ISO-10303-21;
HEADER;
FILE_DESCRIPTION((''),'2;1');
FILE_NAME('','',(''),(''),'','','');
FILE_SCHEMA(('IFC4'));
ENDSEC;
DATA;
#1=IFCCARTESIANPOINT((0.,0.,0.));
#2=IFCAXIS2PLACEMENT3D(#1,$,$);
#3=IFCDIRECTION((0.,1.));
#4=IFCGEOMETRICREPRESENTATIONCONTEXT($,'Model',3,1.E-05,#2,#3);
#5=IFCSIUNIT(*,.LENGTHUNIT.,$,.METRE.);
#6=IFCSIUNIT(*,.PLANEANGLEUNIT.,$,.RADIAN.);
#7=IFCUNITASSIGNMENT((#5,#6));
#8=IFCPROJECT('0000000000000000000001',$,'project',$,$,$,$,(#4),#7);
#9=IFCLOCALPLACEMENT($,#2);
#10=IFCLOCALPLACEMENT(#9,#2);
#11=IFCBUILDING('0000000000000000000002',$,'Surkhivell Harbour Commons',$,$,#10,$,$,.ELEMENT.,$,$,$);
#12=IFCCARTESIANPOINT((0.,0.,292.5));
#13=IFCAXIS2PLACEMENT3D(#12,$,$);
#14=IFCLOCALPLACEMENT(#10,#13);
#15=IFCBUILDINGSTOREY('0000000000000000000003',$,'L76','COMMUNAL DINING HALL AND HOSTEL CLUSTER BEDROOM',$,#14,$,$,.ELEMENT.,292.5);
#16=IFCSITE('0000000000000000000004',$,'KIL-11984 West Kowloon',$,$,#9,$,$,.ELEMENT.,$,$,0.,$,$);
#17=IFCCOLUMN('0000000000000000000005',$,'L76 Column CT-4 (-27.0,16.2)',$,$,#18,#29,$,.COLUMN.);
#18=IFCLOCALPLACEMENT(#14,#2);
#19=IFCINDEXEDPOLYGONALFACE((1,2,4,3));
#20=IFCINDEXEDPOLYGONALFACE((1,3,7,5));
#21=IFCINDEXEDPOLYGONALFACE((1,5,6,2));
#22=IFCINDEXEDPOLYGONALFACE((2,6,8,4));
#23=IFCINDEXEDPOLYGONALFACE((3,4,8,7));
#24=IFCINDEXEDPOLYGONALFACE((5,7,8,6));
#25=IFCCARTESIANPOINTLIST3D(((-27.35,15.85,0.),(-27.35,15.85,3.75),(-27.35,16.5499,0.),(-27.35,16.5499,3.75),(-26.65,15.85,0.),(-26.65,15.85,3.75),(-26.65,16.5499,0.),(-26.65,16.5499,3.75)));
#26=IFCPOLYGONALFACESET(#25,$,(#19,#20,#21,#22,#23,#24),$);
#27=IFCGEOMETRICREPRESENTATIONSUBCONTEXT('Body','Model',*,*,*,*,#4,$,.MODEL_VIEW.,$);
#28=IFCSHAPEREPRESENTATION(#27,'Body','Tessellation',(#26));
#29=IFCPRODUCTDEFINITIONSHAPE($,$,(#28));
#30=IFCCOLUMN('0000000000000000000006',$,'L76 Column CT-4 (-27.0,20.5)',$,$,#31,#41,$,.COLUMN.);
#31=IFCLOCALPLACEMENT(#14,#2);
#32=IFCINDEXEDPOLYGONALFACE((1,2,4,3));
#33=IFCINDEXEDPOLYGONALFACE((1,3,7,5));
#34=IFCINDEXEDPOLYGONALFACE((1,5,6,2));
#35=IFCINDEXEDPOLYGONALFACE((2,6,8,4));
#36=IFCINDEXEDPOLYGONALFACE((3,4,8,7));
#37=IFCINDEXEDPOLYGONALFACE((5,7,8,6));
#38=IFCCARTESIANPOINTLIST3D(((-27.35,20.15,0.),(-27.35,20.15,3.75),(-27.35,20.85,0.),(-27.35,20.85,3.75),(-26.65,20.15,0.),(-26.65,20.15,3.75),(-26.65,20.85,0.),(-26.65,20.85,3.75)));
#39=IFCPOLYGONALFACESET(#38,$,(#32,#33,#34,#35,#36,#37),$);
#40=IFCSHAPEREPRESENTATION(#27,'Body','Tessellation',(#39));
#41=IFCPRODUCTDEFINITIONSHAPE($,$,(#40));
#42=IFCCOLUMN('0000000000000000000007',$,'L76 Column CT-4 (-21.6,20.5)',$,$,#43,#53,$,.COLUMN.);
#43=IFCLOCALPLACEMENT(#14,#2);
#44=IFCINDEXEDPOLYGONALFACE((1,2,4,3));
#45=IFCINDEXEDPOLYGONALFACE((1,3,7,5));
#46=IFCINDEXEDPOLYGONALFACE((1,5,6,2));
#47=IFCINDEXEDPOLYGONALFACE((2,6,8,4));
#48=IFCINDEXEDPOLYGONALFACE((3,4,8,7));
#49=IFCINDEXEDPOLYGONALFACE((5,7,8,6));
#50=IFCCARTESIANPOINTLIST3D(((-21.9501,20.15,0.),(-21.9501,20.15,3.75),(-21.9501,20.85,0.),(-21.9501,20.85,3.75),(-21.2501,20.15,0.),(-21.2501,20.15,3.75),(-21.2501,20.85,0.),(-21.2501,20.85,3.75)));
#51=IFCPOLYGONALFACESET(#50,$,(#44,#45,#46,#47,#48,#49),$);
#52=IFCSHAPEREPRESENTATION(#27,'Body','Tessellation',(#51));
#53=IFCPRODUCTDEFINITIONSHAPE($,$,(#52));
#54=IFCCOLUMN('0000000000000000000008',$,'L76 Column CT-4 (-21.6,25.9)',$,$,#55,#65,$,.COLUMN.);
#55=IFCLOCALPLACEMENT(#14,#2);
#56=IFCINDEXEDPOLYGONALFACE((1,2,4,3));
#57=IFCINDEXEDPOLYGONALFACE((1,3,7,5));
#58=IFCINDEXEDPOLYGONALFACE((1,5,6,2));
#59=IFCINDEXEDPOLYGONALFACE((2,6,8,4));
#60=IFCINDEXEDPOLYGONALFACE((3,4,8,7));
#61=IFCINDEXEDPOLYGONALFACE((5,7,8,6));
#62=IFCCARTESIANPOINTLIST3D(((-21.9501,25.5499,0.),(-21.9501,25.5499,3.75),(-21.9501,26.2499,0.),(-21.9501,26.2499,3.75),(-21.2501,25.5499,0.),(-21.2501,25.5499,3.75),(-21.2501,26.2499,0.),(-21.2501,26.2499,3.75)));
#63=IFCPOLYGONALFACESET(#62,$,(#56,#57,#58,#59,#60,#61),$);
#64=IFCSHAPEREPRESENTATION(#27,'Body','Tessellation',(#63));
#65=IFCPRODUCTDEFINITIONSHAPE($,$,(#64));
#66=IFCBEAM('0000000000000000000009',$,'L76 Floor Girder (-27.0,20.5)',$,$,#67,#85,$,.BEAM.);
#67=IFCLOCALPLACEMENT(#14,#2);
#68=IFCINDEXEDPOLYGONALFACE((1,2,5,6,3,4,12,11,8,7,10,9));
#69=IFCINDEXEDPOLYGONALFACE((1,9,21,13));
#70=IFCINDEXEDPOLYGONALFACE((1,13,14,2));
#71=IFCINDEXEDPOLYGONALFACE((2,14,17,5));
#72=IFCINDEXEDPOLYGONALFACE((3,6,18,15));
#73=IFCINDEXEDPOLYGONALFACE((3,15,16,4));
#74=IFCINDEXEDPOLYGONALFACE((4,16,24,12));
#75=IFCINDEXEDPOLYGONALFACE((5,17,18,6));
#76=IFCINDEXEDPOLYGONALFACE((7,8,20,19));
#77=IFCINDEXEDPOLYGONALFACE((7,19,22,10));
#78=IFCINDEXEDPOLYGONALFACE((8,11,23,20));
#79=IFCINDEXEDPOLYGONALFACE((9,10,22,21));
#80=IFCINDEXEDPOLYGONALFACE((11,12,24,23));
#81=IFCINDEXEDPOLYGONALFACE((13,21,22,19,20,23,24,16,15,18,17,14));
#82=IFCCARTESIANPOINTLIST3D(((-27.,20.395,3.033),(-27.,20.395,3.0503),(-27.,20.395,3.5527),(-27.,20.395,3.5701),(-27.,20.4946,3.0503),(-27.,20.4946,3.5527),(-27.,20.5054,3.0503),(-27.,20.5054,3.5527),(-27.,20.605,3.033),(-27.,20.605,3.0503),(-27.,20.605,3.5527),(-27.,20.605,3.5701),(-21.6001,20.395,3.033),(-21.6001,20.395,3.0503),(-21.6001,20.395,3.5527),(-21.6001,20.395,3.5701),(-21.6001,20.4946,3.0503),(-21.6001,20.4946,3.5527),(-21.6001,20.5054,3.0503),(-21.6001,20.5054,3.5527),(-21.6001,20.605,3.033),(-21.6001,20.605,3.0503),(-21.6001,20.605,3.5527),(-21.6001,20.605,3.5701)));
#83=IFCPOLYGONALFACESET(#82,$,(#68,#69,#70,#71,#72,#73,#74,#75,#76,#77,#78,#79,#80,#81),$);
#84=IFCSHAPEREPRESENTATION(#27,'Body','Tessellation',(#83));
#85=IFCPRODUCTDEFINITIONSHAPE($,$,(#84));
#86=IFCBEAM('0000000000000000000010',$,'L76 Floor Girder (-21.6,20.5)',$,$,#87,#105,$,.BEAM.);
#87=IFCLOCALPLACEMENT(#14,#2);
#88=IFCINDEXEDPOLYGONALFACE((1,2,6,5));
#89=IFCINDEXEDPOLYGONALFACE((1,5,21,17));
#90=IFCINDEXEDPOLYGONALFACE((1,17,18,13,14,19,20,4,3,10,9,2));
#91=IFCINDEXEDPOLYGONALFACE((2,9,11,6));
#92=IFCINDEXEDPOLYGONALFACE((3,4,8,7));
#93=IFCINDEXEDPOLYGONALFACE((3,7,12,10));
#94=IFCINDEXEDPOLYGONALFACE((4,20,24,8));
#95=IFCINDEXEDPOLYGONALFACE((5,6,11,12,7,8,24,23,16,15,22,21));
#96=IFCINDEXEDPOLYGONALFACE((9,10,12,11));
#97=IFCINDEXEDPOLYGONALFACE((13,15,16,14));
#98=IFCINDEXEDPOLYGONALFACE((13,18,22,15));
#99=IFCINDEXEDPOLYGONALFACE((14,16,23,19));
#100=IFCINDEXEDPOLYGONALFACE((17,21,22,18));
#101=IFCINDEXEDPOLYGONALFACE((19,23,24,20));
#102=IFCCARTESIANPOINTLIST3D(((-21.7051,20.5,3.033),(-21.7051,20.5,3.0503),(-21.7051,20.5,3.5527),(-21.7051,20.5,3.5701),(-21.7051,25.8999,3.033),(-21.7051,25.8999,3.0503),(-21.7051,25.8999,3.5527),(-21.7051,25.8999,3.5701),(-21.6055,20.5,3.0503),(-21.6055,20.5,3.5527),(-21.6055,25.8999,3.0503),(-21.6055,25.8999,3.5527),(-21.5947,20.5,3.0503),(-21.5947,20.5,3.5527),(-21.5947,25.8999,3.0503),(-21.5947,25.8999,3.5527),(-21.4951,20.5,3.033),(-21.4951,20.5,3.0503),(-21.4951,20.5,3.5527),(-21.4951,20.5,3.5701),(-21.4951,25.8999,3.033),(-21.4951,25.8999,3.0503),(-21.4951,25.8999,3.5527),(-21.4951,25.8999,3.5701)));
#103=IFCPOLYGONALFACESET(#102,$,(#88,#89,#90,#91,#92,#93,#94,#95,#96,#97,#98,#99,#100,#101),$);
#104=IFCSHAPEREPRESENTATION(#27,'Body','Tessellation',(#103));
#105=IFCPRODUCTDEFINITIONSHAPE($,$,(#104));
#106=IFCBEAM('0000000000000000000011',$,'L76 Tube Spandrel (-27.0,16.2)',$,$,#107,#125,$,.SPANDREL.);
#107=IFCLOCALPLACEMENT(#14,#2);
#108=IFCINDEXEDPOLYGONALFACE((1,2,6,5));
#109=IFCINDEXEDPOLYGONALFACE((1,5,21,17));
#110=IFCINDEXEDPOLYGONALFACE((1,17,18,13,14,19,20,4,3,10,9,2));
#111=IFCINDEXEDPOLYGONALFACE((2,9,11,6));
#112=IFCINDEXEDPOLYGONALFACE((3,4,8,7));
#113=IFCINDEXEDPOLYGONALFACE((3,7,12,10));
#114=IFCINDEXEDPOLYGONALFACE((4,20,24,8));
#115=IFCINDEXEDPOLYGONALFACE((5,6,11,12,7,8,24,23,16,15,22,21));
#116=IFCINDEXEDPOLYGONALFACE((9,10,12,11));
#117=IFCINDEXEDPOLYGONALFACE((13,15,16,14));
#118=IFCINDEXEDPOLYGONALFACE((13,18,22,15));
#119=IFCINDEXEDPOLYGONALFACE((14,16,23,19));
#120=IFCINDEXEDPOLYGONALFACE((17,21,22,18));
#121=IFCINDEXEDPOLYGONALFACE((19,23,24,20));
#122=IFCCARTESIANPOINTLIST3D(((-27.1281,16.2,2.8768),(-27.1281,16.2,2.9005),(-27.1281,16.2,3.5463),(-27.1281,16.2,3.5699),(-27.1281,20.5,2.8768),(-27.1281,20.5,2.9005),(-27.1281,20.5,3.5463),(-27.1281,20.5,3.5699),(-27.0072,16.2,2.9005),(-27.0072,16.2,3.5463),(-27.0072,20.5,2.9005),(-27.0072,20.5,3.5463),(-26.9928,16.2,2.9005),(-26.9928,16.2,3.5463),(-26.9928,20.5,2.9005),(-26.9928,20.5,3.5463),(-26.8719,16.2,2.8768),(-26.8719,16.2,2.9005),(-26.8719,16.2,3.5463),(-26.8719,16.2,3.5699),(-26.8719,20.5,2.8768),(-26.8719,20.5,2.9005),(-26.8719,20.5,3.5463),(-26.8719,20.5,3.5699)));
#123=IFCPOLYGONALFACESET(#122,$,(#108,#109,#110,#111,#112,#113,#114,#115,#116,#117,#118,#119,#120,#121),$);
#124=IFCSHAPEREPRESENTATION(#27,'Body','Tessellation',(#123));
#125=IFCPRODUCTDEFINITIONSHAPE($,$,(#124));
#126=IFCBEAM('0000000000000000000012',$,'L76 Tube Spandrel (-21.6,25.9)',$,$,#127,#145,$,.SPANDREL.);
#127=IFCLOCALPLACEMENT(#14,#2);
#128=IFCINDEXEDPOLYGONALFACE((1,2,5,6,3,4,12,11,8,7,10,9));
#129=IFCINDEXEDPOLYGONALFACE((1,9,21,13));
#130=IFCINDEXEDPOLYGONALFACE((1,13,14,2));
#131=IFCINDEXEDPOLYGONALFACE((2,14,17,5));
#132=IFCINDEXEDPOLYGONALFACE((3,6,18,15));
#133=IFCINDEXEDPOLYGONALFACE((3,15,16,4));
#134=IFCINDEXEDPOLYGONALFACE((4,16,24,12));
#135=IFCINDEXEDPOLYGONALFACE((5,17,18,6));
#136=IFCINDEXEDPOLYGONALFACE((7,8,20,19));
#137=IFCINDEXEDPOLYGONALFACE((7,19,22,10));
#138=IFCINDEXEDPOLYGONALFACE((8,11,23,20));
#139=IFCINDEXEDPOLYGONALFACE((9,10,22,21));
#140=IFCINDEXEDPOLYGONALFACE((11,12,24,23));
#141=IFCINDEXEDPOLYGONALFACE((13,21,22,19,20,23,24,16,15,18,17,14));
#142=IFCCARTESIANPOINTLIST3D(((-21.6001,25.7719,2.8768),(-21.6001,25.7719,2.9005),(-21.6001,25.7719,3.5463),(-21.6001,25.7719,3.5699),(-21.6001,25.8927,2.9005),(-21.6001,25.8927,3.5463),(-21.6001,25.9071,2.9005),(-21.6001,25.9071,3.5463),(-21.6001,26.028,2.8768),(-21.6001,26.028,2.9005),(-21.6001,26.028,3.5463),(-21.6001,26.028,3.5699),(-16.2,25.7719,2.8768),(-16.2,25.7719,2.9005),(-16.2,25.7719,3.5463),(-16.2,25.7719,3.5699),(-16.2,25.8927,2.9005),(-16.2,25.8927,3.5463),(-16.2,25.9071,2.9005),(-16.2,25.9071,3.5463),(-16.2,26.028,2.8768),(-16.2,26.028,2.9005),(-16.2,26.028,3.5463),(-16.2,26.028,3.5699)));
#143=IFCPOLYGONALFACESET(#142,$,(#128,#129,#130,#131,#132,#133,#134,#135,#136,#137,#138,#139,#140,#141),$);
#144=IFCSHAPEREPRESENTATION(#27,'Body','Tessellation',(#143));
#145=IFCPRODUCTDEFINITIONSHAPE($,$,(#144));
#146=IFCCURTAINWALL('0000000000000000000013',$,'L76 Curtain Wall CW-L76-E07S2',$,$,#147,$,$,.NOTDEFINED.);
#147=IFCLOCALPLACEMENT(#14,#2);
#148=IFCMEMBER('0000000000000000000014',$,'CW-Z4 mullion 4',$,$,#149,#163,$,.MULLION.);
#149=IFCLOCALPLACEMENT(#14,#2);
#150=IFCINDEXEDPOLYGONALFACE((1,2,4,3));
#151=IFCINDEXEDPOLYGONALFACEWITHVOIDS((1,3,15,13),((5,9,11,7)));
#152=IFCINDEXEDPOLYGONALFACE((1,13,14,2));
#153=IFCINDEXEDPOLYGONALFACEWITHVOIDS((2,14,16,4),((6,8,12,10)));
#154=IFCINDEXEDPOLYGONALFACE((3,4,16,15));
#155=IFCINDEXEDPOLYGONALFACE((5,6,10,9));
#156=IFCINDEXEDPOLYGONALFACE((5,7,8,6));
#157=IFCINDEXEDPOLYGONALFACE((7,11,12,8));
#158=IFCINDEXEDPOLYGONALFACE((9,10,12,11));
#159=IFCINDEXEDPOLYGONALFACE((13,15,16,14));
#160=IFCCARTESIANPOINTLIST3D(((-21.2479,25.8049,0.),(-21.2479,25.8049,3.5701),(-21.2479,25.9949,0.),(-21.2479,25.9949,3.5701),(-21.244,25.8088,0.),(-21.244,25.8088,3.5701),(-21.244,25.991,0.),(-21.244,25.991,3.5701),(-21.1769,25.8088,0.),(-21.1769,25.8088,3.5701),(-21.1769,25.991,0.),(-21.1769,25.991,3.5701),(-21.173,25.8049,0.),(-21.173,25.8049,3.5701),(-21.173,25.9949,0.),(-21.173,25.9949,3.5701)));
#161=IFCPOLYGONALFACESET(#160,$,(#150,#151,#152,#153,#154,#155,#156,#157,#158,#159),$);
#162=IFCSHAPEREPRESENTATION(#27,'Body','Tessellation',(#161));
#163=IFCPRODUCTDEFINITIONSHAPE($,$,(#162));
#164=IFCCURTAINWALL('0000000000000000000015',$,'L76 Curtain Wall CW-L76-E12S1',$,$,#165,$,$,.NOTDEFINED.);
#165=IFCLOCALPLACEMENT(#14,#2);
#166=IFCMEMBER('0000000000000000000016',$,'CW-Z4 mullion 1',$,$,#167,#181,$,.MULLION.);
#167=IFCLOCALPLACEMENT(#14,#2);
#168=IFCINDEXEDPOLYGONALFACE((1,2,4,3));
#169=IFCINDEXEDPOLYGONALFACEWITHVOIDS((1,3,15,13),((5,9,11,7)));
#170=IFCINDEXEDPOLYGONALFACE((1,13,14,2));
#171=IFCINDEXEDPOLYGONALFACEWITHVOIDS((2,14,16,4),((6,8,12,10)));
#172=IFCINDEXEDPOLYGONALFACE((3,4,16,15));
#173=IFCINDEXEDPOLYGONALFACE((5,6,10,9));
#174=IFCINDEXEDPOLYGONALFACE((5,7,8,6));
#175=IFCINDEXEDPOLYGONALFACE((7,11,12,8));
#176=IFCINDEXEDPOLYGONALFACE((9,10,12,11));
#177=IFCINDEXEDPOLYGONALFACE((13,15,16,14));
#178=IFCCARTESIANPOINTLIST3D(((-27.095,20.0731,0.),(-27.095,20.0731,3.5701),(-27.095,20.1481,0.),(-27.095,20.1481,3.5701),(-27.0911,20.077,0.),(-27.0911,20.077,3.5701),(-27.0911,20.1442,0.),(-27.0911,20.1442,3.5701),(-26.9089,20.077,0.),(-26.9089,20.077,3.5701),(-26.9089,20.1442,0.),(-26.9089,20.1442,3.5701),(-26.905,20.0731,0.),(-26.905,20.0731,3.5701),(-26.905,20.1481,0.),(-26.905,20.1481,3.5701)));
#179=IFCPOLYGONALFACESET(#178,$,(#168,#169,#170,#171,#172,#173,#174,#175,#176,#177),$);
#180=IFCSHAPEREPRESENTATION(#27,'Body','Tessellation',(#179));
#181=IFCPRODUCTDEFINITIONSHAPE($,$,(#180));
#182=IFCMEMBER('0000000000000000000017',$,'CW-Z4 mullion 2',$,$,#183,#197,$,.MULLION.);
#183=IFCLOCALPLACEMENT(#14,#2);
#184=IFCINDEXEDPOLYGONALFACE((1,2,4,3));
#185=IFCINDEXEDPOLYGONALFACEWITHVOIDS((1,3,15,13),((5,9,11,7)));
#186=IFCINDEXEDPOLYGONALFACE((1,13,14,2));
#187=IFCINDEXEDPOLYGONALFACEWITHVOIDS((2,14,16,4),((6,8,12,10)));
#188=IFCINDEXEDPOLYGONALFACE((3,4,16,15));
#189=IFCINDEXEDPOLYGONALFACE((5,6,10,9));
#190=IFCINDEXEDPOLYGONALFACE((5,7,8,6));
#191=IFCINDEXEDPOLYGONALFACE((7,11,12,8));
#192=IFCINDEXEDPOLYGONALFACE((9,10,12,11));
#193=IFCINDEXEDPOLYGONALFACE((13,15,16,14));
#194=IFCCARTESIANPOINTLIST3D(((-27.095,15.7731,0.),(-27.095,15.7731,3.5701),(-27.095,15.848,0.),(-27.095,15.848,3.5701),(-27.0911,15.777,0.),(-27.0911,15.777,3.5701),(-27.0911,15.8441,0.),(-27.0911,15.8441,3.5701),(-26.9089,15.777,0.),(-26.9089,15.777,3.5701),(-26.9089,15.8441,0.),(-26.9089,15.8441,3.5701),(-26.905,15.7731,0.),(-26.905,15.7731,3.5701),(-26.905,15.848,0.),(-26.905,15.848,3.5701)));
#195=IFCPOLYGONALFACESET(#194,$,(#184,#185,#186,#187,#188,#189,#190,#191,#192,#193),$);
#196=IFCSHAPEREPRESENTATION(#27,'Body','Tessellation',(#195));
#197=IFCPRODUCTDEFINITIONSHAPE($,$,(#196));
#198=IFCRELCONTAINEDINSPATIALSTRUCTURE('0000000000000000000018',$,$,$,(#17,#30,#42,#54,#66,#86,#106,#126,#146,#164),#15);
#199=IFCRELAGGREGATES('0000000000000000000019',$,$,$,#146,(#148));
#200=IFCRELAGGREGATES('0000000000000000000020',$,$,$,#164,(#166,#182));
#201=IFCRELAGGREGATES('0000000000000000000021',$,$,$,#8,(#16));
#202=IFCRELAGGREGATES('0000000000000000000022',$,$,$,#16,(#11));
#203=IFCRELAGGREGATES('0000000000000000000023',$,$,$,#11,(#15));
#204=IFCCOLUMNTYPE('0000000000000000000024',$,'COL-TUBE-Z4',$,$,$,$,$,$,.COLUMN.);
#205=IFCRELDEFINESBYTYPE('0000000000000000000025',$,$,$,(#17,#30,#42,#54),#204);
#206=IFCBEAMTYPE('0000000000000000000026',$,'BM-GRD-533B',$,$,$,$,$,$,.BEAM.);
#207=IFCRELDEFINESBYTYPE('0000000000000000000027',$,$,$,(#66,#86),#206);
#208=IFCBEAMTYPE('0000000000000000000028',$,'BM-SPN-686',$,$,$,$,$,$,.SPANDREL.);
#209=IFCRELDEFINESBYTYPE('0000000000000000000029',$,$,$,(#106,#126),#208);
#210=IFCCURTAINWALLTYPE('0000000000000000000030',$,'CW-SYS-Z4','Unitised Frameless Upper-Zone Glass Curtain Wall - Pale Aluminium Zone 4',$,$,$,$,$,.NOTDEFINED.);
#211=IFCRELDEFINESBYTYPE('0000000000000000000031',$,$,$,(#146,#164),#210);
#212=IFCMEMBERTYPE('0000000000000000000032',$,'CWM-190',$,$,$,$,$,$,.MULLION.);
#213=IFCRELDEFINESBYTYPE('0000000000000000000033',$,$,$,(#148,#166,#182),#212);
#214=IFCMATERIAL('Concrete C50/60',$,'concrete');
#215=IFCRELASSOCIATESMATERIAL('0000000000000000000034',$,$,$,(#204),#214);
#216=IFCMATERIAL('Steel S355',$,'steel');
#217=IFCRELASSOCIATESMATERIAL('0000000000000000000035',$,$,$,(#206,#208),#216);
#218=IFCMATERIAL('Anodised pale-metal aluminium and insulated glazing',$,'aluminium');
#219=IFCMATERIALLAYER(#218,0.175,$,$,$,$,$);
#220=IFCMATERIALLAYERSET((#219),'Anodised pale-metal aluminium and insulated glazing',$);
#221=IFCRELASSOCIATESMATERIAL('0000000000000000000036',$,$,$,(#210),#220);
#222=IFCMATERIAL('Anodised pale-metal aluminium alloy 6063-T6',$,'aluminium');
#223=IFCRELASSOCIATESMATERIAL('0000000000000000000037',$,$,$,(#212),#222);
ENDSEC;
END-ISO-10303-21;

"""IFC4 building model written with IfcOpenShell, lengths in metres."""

from ifc_helpers import new_model, si_unit, direction, frame, origin, origin_2d, place, context, subcontext, project, spatial, rectangle, hollow_rectangle, i_section, extrude, material, layer, layer_set, material_profile, profile_set, type_object, element, aggregate, save


model = new_model("IFC4")

# Units and contexts
model_context = context("Model", 3, precision=1e-05, world=origin(), true_north=direction((0.0, 1.0)))
body_context = subcontext(model_context, "Body", "Model", "MODEL_VIEW")
ifc_project = project(units=[si_unit("LENGTHUNIT", "METRE"), si_unit("PLANEANGLEUNIT", "RADIAN")], contexts=[model_context])

# Site, building, storey
site_placement = place(None, origin())
site = spatial("IfcSite", under=ifc_project, at=site_placement, Name="KIL-11984 West Kowloon", CompositionType="ELEMENT", RefElevation=0.0)
building_placement = place(site_placement, origin())
building = spatial("IfcBuilding", under=site, at=building_placement, Name="Surkhivell Harbour Commons", CompositionType="ELEMENT")
storey_placement = place(building_placement, frame((0.0, 0.0, 292.5)))
storey = spatial("IfcBuildingStorey", under=building, at=storey_placement, Name="L76", Description="COMMUNAL DINING HALL AND HOSTEL CLUSTER BEDROOM", CompositionType="ELEMENT", Elevation=292.5)

# Columns
ifc_material_1 = material(Name="Concrete C50/60", Category="concrete")
ifc_material_profile_1 = material_profile(ifc_material_1, rectangle(XDim=0.7, YDim=0.7, at=origin_2d()), Name="RC-COL-700x700")
ifc_profile_set_1 = profile_set([ifc_material_profile_1], Name="Concrete C50/60")
column_type = type_object("IfcColumnType", Name="COL-TUBE-Z4", PredefinedType="COLUMN", material=ifc_profile_set_1)
for number, where, z_axis, x_axis, name in (
    (1, (-27.0, 16.2, 0.0), (0.0, 0.0, 1.0), (1.0, 0.0, 0.0), "L76 Column CT-4 (-27.0,16.2)"),
    (2, (-27.0, 20.5, 0.0), (0.0, 0.0, 1.0), (1.0, 0.0, 0.0), "L76 Column CT-4 (-27.0,20.5)"),
    (3, (-21.6001, 20.5, 0.0), (0.0, 0.0, 1.0), (1.0, 0.0, 0.0), "L76 Column CT-4 (-21.6,20.5)"),
    (4, (-21.6001, 25.8999, 0.0), (0.0, 0.0, 1.0), (1.0, 0.0, 0.0), "L76 Column CT-4 (-21.6,25.9)"),
):
    element("IfcColumn", number, at=place(storey_placement, frame(where, z_axis=z_axis, x_axis=x_axis)), inside=storey, type_object=column_type, Name=name, PredefinedType="COLUMN", context=body_context, shape_type="SweptSolid", body=[
        extrude(rectangle(XDim=0.7, YDim=0.7, at=origin_2d()), origin(), (0.0, 0.0, 1.0), 3.75),
    ])

# Beams
ifc_material_2 = material(Name="Steel S355", Category="steel")
ifc_material_profile_2 = material_profile(ifc_material_2, i_section(OverallWidth=0.21, OverallDepth=0.5371, WebThickness=0.0107, FlangeThickness=0.0173, at=origin_2d()), Name="UB533x210x101")
ifc_profile_set_2 = profile_set([ifc_material_profile_2], Name="Steel S355")
beam_type_1 = type_object("IfcBeamType", Name="BM-GRD-533B", PredefinedType="BEAM", material=ifc_profile_set_2)
for number, where, z_axis, x_axis, name in (
    (5, (-27.0, 20.5, 3.3015), (1.0, 0.0, 0.0), (0.0, 1.0, 0.0), "L76 Floor Girder (-27.0,20.5)"),
    (6, (-21.6001, 20.5, 3.3015), (0.0, 1.0, 0.0), (-1.0, 0.0, 0.0), "L76 Floor Girder (-21.6,20.5)"),
):
    element("IfcBeam", number, at=place(storey_placement, frame(where, z_axis=z_axis, x_axis=x_axis)), inside=storey, type_object=beam_type_1, Name=name, PredefinedType="BEAM", context=body_context, shape_type="SweptSolid", body=[
        extrude(i_section(OverallWidth=0.21, OverallDepth=0.5371, WebThickness=0.0107, FlangeThickness=0.0173, at=origin_2d()), origin(), (0.0, 0.0, 1.0), 5.3999),
    ])
ifc_material_profile_3 = material_profile(ifc_material_2, i_section(OverallWidth=0.2561, OverallDepth=0.6931, WebThickness=0.0144, FlangeThickness=0.0237, at=origin_2d()), Name="UB686x254x170")
ifc_profile_set_3 = profile_set([ifc_material_profile_3], Name="Steel S355")
beam_type_2 = type_object("IfcBeamType", Name="BM-SPN-686", PredefinedType="SPANDREL", material=ifc_profile_set_3)
beam_1_placement = place(storey_placement, frame((-27.0, 16.2, 3.2234), z_axis=(0.0, 1.0, 0.0), x_axis=(-1.0, 0.0, 0.0)))
element("IfcBeam", 7, at=beam_1_placement, inside=storey, type_object=beam_type_2, Name="L76 Tube Spandrel (-27.0,16.2)", PredefinedType="SPANDREL", context=body_context, shape_type="SweptSolid", body=[
    extrude(i_section(OverallWidth=0.2561, OverallDepth=0.6931, WebThickness=0.0144, FlangeThickness=0.0237, at=origin_2d()), origin(), (0.0, 0.0, 1.0), 4.3),
])
beam_2_placement = place(storey_placement, frame((-21.6001, 25.8999, 3.2234), z_axis=(1.0, 0.0, 0.0), x_axis=(0.0, 1.0, 0.0)))
element("IfcBeam", 8, at=beam_2_placement, inside=storey, type_object=beam_type_2, Name="L76 Tube Spandrel (-21.6,25.9)", PredefinedType="SPANDREL", context=body_context, shape_type="SweptSolid", body=[
    extrude(i_section(OverallWidth=0.2561, OverallDepth=0.6931, WebThickness=0.0144, FlangeThickness=0.0237, at=origin_2d()), origin(), (0.0, 0.0, 1.0), 5.4001),
])

# Curtain wall, member
ifc_material_3 = material(Name="Anodised pale-metal aluminium and insulated glazing", Category="aluminium")
ifc_layer_1 = layer(ifc_material_3, 0.175)
ifc_layer_set_1 = layer_set([ifc_layer_1], Name="Anodised pale-metal aluminium and insulated glazing")
curtain_wall_type = type_object("IfcCurtainWallType", Name="CW-SYS-Z4", Description="Unitised Frameless Upper-Zone Glass Curtain Wall - Pale Aluminium Zone 4", PredefinedType="NOTDEFINED", material=ifc_layer_set_1)
curtain_wall_1_placement = place(storey_placement, origin())
curtain_wall_1 = element("IfcCurtainWall", 9, at=curtain_wall_1_placement, inside=storey, type_object=curtain_wall_type, Name="L76 Curtain Wall CW-L76-E07S2", PredefinedType="NOTDEFINED")
ifc_material_4 = material(Name="Anodised pale-metal aluminium alloy 6063-T6", Category="aluminium")
ifc_material_profile_4 = material_profile(ifc_material_4, hollow_rectangle(XDim=0.075, YDim=0.1899, WallThickness=0.0039, at=origin_2d()), Name="ALU-MULL-75x190")
ifc_profile_set_4 = profile_set([ifc_material_profile_4], Name="Anodised pale-metal aluminium alloy 6063-T6")
member_type_1 = type_object("IfcMemberType", Name="CWM-190", PredefinedType="MULLION", material=ifc_profile_set_4)
member_1_placement = place(storey_placement, frame((-21.2104, 25.8999, 0.0), z_axis=(0.0, 0.0, 1.0), x_axis=(-1.0, 0.0, 0.0)))
member_1 = element("IfcMember", 10, at=member_1_placement, type_object=member_type_1, Name="CW-Z4 mullion 4", PredefinedType="MULLION", context=body_context, shape_type="SweptSolid", body=[
    extrude(hollow_rectangle(XDim=0.075, YDim=0.1899, WallThickness=0.0039, at=origin_2d()), origin(), (0.0, 0.0, 1.0), 3.5701),
])

# Curtain wall, members
curtain_wall_2_placement = place(storey_placement, origin())
curtain_wall_2 = element("IfcCurtainWall", 11, at=curtain_wall_2_placement, inside=storey, type_object=curtain_wall_type, Name="L76 Curtain Wall CW-L76-E12S1", PredefinedType="NOTDEFINED")
member_2_placement = place(storey_placement, frame((-27.0, 20.1106, 0.0), z_axis=(0.0, 0.0, 1.0), x_axis=(0.0, -1.0, 0.0)))
member_2 = element("IfcMember", 12, at=member_2_placement, type_object=member_type_1, Name="CW-Z4 mullion 1", PredefinedType="MULLION", context=body_context, shape_type="SweptSolid", body=[
    extrude(hollow_rectangle(XDim=0.075, YDim=0.1899, WallThickness=0.0039, at=origin_2d()), origin(), (0.0, 0.0, 1.0), 3.5701),
])
member_3_placement = place(storey_placement, frame((-27.0, 15.8105, 0.0), z_axis=(0.0, 0.0, 1.0), x_axis=(0.0, -1.0, 0.0)))
member_3 = element("IfcMember", 13, at=member_3_placement, type_object=member_type_1, Name="CW-Z4 mullion 2", PredefinedType="MULLION", context=body_context, shape_type="SweptSolid", body=[
    extrude(hollow_rectangle(XDim=0.075, YDim=0.1899, WallThickness=0.0039, at=origin_2d()), origin(), (0.0, 0.0, 1.0), 3.5701),
])

aggregate(curtain_wall_1, [member_1])
aggregate(curtain_wall_2, [member_2, member_3])

save(model, "model.ifc")
